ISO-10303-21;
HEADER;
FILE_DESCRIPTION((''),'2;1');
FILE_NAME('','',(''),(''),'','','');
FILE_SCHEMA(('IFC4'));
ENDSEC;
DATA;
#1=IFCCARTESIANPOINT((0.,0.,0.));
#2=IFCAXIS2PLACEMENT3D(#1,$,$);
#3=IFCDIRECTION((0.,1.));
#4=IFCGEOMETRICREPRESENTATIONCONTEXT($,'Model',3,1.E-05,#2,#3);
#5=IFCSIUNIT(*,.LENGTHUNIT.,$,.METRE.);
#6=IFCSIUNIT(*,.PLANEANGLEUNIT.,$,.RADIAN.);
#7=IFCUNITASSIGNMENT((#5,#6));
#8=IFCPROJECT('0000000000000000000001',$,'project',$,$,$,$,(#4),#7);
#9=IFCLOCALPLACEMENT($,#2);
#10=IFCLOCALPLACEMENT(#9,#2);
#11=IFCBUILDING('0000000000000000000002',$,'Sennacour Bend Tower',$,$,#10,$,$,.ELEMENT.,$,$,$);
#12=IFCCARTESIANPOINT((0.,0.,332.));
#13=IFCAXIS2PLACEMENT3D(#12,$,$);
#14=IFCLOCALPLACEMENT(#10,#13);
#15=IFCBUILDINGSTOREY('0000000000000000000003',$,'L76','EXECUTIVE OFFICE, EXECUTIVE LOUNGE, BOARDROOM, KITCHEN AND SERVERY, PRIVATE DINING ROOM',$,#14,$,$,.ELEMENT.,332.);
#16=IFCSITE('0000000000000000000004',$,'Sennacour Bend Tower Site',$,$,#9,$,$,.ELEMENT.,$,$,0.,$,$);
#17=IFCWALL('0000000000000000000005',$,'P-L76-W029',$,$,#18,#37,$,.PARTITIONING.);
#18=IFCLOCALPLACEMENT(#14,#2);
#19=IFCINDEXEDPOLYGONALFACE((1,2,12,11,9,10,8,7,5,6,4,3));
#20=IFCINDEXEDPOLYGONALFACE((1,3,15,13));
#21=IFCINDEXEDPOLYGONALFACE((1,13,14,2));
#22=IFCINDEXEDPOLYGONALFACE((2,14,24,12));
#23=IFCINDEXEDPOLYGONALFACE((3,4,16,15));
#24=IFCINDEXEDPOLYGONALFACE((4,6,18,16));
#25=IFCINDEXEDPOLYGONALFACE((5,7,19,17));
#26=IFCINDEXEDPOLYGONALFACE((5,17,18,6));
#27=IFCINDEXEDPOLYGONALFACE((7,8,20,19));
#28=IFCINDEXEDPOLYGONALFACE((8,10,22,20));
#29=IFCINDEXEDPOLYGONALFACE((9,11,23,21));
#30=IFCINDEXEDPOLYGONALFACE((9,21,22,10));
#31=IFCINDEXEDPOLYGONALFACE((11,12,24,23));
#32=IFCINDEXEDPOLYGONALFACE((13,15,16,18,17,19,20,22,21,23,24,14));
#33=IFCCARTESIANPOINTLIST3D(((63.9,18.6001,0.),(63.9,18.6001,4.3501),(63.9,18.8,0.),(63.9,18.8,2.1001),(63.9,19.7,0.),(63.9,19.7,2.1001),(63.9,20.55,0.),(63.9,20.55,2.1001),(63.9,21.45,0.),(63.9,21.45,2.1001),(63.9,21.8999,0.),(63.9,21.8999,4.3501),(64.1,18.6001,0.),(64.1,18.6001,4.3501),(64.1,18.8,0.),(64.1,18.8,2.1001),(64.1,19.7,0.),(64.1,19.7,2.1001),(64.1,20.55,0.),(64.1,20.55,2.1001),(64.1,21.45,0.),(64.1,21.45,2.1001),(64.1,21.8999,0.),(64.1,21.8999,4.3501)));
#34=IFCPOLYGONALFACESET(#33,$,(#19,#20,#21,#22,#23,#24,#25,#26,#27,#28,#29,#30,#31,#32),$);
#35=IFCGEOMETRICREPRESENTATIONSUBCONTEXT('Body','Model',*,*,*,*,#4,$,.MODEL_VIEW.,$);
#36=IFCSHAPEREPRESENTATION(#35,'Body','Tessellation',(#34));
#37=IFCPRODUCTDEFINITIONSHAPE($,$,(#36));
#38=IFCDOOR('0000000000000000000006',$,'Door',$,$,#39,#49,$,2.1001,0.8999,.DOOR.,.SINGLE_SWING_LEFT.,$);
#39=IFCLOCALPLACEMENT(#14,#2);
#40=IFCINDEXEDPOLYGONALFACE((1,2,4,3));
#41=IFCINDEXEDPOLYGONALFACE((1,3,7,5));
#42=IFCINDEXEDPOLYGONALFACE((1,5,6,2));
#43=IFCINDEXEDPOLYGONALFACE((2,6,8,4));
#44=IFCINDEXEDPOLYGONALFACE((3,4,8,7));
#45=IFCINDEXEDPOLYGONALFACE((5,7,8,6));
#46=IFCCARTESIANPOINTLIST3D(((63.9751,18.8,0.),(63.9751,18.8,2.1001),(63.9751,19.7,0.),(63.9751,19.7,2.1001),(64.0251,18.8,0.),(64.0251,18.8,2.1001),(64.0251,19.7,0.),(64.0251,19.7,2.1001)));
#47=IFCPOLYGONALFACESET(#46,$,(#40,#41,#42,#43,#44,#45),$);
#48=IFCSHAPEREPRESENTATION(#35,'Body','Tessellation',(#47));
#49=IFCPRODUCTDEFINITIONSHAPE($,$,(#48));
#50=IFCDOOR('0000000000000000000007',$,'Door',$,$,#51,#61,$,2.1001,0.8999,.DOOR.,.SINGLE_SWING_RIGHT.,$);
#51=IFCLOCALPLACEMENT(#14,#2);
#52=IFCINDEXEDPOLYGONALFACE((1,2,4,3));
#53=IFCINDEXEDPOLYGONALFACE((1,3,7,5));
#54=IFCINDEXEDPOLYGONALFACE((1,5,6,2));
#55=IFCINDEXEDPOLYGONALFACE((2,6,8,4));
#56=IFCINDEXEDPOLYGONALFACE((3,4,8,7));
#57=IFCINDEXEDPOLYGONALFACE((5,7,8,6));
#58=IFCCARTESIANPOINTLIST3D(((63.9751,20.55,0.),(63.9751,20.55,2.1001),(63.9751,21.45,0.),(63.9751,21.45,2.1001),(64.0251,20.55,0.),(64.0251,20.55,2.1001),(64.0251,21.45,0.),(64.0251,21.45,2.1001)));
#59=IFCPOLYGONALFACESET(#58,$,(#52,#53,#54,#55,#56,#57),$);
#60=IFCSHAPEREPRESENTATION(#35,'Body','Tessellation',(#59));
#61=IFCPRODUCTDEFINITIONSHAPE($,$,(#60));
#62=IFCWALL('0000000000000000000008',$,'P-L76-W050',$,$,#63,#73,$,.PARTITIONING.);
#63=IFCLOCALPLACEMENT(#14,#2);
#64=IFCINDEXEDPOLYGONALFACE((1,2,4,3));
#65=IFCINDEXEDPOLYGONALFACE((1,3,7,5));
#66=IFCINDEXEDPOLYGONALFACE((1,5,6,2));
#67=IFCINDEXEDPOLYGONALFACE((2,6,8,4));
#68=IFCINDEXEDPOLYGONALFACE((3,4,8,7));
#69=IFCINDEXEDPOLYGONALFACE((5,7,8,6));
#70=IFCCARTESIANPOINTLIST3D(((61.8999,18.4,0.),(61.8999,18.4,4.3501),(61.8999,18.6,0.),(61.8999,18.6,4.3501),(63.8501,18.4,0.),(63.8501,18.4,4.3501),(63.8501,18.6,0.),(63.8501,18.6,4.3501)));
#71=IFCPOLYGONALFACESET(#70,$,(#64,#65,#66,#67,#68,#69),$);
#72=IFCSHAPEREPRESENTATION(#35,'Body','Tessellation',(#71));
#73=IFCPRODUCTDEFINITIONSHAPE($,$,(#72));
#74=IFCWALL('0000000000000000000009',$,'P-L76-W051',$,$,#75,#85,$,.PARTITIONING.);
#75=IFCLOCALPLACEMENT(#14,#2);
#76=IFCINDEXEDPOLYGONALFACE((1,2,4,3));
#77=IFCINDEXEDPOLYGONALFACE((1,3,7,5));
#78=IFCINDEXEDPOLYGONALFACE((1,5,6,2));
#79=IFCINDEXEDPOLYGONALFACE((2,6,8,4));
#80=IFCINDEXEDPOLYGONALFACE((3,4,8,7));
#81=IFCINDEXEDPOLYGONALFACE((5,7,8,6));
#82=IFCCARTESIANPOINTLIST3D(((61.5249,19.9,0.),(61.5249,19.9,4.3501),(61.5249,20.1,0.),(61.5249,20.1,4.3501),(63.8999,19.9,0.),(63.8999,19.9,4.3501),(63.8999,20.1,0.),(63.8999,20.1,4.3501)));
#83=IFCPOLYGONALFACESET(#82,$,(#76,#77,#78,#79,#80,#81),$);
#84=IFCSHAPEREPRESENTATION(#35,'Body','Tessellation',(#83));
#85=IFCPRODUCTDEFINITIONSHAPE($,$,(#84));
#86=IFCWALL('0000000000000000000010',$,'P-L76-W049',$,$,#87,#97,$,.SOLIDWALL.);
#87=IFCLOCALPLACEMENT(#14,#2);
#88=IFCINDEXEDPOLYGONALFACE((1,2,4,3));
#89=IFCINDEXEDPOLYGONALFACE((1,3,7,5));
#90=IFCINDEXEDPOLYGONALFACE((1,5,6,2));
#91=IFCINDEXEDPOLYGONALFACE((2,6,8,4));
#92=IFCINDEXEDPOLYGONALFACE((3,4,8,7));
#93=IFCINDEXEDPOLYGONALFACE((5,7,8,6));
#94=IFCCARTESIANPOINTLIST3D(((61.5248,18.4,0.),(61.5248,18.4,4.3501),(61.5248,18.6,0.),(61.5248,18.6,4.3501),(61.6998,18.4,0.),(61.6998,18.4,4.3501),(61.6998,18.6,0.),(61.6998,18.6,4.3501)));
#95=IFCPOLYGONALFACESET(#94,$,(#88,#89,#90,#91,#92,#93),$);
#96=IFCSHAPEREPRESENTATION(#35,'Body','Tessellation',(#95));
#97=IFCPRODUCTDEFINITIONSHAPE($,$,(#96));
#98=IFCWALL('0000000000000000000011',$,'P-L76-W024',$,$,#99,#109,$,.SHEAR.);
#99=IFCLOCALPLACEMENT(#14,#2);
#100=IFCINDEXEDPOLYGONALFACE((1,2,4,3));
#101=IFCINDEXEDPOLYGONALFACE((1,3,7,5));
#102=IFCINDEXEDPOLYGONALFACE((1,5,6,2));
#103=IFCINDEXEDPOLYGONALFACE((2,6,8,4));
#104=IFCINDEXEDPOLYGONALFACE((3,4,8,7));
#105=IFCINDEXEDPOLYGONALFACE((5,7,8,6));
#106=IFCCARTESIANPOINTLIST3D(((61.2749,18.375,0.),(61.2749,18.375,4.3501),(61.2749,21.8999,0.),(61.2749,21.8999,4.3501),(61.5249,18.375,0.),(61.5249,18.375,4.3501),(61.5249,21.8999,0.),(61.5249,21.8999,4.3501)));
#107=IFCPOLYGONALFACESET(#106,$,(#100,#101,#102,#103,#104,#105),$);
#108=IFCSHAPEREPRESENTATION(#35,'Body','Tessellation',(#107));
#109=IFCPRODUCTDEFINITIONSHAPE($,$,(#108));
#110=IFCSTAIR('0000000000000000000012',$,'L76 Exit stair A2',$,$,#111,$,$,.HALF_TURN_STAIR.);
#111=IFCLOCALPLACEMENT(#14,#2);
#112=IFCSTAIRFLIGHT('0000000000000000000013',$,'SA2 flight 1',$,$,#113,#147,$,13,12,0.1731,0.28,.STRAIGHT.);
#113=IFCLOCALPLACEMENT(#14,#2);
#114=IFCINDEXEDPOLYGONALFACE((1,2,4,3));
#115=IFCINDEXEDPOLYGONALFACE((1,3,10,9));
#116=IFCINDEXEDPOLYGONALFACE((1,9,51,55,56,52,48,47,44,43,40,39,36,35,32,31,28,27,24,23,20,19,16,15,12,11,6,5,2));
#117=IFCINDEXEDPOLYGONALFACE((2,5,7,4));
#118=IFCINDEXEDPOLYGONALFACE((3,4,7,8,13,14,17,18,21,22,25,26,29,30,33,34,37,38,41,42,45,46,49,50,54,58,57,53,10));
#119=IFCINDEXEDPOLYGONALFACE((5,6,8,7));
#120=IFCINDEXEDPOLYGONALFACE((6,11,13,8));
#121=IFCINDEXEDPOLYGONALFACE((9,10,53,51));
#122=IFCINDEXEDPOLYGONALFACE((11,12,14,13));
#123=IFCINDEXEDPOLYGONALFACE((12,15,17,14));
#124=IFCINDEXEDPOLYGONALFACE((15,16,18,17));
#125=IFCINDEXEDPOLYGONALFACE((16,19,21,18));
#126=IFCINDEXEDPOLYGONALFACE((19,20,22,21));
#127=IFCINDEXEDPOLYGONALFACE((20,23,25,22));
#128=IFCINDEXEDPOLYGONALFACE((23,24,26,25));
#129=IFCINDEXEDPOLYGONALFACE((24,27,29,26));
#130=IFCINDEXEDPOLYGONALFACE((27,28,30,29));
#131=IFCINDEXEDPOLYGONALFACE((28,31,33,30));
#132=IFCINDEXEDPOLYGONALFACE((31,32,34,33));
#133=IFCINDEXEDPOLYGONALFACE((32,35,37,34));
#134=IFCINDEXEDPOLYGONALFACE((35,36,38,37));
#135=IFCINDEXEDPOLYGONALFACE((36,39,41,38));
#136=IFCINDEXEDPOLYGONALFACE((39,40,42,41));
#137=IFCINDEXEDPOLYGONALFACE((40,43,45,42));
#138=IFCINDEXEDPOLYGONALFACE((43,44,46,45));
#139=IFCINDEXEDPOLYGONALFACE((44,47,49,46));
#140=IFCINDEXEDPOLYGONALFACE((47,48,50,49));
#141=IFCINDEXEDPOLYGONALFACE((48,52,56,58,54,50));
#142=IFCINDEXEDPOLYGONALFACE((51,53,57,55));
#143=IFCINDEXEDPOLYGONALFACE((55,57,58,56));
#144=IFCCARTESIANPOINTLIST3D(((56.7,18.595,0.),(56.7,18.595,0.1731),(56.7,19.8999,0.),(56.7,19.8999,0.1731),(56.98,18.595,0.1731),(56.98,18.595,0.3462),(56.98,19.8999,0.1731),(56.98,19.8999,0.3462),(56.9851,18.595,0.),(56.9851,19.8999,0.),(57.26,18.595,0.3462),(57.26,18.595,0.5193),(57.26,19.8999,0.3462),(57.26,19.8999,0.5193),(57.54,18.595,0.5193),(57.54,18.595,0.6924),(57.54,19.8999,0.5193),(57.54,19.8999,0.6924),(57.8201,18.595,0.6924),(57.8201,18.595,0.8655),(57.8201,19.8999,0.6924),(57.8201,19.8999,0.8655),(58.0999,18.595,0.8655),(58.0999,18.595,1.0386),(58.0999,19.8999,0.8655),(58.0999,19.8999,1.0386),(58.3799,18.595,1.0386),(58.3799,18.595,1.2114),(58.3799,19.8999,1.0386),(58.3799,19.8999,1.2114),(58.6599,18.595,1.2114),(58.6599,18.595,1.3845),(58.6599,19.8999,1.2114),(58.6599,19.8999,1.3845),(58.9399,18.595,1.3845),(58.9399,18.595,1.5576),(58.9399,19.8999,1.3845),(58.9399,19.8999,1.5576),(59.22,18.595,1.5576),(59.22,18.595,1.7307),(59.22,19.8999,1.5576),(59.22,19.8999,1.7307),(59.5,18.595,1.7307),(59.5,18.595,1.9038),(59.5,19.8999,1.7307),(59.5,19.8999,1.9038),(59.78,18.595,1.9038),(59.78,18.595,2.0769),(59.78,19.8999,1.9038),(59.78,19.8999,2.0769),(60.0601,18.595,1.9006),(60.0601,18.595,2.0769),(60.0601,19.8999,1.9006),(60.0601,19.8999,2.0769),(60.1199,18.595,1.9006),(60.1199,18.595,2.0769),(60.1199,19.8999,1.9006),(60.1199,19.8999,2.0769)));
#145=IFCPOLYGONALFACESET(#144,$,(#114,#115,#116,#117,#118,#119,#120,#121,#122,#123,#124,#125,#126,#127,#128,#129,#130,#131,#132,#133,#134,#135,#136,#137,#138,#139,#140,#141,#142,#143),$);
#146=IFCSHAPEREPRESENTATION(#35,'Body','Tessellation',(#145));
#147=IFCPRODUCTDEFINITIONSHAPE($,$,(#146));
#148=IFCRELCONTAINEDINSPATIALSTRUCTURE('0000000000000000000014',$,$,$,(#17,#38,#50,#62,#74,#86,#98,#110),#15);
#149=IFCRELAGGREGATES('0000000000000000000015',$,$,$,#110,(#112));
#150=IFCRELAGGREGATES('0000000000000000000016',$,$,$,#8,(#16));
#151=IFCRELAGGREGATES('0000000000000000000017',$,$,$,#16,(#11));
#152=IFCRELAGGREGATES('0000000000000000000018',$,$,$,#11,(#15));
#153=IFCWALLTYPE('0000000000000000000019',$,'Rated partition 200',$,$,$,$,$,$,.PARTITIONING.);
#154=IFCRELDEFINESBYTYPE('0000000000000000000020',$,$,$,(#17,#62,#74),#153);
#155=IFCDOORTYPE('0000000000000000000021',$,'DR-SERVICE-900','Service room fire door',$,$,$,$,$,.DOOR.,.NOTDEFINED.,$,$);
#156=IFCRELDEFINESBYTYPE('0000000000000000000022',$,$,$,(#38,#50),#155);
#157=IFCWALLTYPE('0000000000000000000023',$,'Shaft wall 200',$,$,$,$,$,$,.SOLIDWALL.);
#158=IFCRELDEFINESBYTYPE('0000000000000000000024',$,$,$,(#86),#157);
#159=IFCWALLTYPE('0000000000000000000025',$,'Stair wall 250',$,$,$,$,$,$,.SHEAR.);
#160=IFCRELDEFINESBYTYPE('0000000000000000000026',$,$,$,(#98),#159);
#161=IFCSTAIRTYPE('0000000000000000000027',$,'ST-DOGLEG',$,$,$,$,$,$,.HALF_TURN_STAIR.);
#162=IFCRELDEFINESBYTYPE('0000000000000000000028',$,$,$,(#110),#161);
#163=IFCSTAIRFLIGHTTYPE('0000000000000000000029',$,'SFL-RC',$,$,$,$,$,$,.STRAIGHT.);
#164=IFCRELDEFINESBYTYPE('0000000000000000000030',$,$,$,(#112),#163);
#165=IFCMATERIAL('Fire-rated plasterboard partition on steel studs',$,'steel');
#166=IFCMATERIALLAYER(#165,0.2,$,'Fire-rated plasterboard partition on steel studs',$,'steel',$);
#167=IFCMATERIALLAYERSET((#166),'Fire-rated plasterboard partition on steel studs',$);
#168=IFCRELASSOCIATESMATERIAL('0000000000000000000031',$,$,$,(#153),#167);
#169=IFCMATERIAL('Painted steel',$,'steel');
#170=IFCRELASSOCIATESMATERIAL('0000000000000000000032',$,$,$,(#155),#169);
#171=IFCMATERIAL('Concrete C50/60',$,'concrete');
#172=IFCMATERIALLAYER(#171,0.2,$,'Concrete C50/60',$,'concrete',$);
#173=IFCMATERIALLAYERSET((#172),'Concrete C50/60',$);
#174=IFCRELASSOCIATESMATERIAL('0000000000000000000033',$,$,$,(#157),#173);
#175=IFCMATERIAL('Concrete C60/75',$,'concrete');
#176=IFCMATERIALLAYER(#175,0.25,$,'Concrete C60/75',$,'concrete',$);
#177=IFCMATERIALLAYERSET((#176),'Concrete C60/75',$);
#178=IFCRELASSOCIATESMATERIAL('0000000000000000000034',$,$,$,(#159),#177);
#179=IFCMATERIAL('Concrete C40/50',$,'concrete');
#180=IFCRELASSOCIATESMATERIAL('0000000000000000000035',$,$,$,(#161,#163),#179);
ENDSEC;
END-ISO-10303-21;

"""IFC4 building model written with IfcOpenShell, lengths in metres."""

from ifc_helpers import new_model, si_unit, direction, frame, frame_2d, origin, place, context, subcontext, project, spatial, polyline, rectangle, outline, extrude, material, layer, layer_set, type_object, element, fill, aggregate, save


model = new_model("IFC4")

# Units and contexts
model_context = context("Model", 3, precision=1e-05, world=origin(), true_north=direction((0.0, 1.0)))
body_context = subcontext(model_context, "Body", "Model", "MODEL_VIEW")
ifc_project = project(units=[si_unit("LENGTHUNIT", "METRE"), si_unit("PLANEANGLEUNIT", "RADIAN")], contexts=[model_context])

# Site, building, storey
site_placement = place(None, origin())
site = spatial("IfcSite", under=ifc_project, at=site_placement, Name="Sennacour Bend Tower Site", CompositionType="ELEMENT", RefElevation=0.0)
building_placement = place(site_placement, origin())
building = spatial("IfcBuilding", under=site, at=building_placement, Name="Sennacour Bend Tower", CompositionType="ELEMENT")
storey_placement = place(building_placement, frame((0.0, 0.0, 332.0)))
storey = spatial("IfcBuildingStorey", under=building, at=storey_placement, Name="L76", Description="EXECUTIVE OFFICE, EXECUTIVE LOUNGE, BOARDROOM, KITCHEN AND SERVERY, PRIVATE DINING ROOM", CompositionType="ELEMENT", Elevation=332.0)

# Wall, openings, doors
ifc_material_1 = material(Name="Fire-rated plasterboard partition on steel studs", Category="steel")
ifc_layer_1 = layer(ifc_material_1, 0.2, Name="Fire-rated plasterboard partition on steel studs", Category="steel")
ifc_layer_set_1 = layer_set([ifc_layer_1], Name="Fire-rated plasterboard partition on steel studs")
wall_type_1 = type_object("IfcWallType", Name="Rated partition 200", PredefinedType="PARTITIONING", material=ifc_layer_set_1)
wall_1_placement = place(storey_placement, frame((64.0, 18.6001, 0.0), z_axis=(0.0, 0.0, 1.0), x_axis=(0.0, 1.0, 0.0)))
wall_1 = element("IfcWall", 1, at=wall_1_placement, inside=storey, type_object=wall_type_1, Name="P-L76-W029", PredefinedType="PARTITIONING", context=body_context, shape_type="SweptSolid", body=[
    extrude(rectangle(XDim=3.2998, YDim=0.2, at=frame_2d((1.6499, 0.0))), origin(), (0.0, 0.0, 1.0), 4.3501),
])
opening_1_placement = place(wall_1_placement, frame((0.2, 0.0, 0.0)))
opening_1 = element("IfcOpeningElement", 2, at=opening_1_placement, cuts=wall_1, PredefinedType="OPENING", context=body_context, shape_type="SweptSolid", body=[
    extrude(rectangle(XDim=0.8999, YDim=2.1001, at=frame_2d((0.45, 1.05))), frame((0.0, 0.1099, 0.0), z_axis=(0.0, -1.0, 0.0), x_axis=(1.0, 0.0, 0.0)), (0.0, 0.0, 1.0), 0.22),
])
opening_2_placement = place(wall_1_placement, frame((1.95, 0.0, 0.0)))
opening_2 = element("IfcOpeningElement", 3, at=opening_2_placement, cuts=wall_1, PredefinedType="OPENING", context=body_context, shape_type="SweptSolid", body=[
    extrude(rectangle(XDim=0.8999, YDim=2.1001, at=frame_2d((0.45, 1.05))), frame((0.0, 0.1099, 0.0), z_axis=(0.0, -1.0, 0.0), x_axis=(1.0, 0.0, 0.0)), (0.0, 0.0, 1.0), 0.22),
])
ifc_material_2 = material(Name="Painted steel", Category="steel")
door_type = type_object("IfcDoorType", Name="DR-SERVICE-900", Description="Service room fire door", OperationType="NOTDEFINED", PredefinedType="DOOR", material=ifc_material_2)
door_1_placement = place(opening_1_placement, origin())
door_1 = element("IfcDoor", 4, at=door_1_placement, inside=storey, type_object=door_type, Name="Door", OperationType="SINGLE_SWING_LEFT", OverallHeight=2.1001, OverallWidth=0.8999, PredefinedType="DOOR", context=body_context, shape_type="SweptSolid", body=[
    extrude(rectangle(XDim=0.8999, YDim=2.1001, at=frame_2d((0.45, 1.05))), frame((0.0, 0.0249, 0.0), z_axis=(0.0, -1.0, 0.0), x_axis=(1.0, 0.0, 0.0)), (0.0, 0.0, 1.0), 0.05),
])
fill(opening_1, door_1)
door_2_placement = place(opening_2_placement, origin())
door_2 = element("IfcDoor", 5, at=door_2_placement, inside=storey, type_object=door_type, Name="Door", OperationType="SINGLE_SWING_RIGHT", OverallHeight=2.1001, OverallWidth=0.8999, PredefinedType="DOOR", context=body_context, shape_type="SweptSolid", body=[
    extrude(rectangle(XDim=0.8999, YDim=2.1001, at=frame_2d((0.45, 1.05))), frame((0.0, 0.0249, 0.0), z_axis=(0.0, -1.0, 0.0), x_axis=(1.0, 0.0, 0.0)), (0.0, 0.0, 1.0), 0.05),
])
fill(opening_2, door_2)

# Walls
wall_2_placement = place(storey_placement, frame((61.8999, 18.5, 0.0), z_axis=(0.0, 0.0, 1.0), x_axis=(1.0, 0.0, 0.0)))
element("IfcWall", 6, at=wall_2_placement, inside=storey, type_object=wall_type_1, Name="P-L76-W050", PredefinedType="PARTITIONING", context=body_context, shape_type="SweptSolid", body=[
    extrude(rectangle(XDim=1.9502, YDim=0.2, at=frame_2d((0.9751, 0.0))), origin(), (0.0, 0.0, 1.0), 4.3501),
])
wall_3_placement = place(storey_placement, frame((61.5249, 20.0, 0.0), z_axis=(0.0, 0.0, 1.0), x_axis=(1.0, 0.0, 0.0)))
element("IfcWall", 7, at=wall_3_placement, inside=storey, type_object=wall_type_1, Name="P-L76-W051", PredefinedType="PARTITIONING", context=body_context, shape_type="SweptSolid", body=[
    extrude(rectangle(XDim=2.375, YDim=0.2, at=frame_2d((1.1875, 0.0))), origin(), (0.0, 0.0, 1.0), 4.3501),
])
ifc_material_3 = material(Name="Concrete C50/60", Category="concrete")
ifc_layer_2 = layer(ifc_material_3, 0.2, Name="Concrete C50/60", Category="concrete")
ifc_layer_set_2 = layer_set([ifc_layer_2], Name="Concrete C50/60")
wall_type_2 = type_object("IfcWallType", Name="Shaft wall 200", PredefinedType="SOLIDWALL", material=ifc_layer_set_2)
wall_4_placement = place(storey_placement, frame((61.5249, 18.5, 0.0), z_axis=(0.0, 0.0, 1.0), x_axis=(1.0, 0.0, 0.0)))
element("IfcWall", 8, at=wall_4_placement, inside=storey, type_object=wall_type_2, Name="P-L76-W049", PredefinedType="SOLIDWALL", context=body_context, shape_type="SweptSolid", body=[
    extrude(rectangle(XDim=0.175, YDim=0.2, at=frame_2d((0.0874, 0.0))), origin(), (0.0, 0.0, 1.0), 4.3501),
])
ifc_material_4 = material(Name="Concrete C60/75", Category="concrete")
ifc_layer_3 = layer(ifc_material_4, 0.25, Name="Concrete C60/75", Category="concrete")
ifc_layer_set_3 = layer_set([ifc_layer_3], Name="Concrete C60/75")
wall_type_3 = type_object("IfcWallType", Name="Stair wall 250", PredefinedType="SHEAR", material=ifc_layer_set_3)
wall_5_placement = place(storey_placement, frame((61.3999, 18.375, 0.0), z_axis=(0.0, 0.0, 1.0), x_axis=(0.0, 1.0, 0.0)))
element("IfcWall", 9, at=wall_5_placement, inside=storey, type_object=wall_type_3, Name="P-L76-W024", PredefinedType="SHEAR", context=body_context, shape_type="SweptSolid", body=[
    extrude(rectangle(XDim=3.5249, YDim=0.25, at=frame_2d((1.7625, 0.0))), origin(), (0.0, 0.0, 1.0), 4.3501),
])

# Stair, stair flight
ifc_material_5 = material(Name="Concrete C40/50", Category="concrete")
stair_type = type_object("IfcStairType", Name="ST-DOGLEG", PredefinedType="HALF_TURN_STAIR", material=ifc_material_5)
stair_placement = place(storey_placement, origin())
stair = element("IfcStair", 10, at=stair_placement, inside=storey, type_object=stair_type, Name="L76 Exit stair A2", PredefinedType="HALF_TURN_STAIR")
stair_flight_type = type_object("IfcStairFlightType", Name="SFL-RC", PredefinedType="STRAIGHT", material=ifc_material_5)
stair_flight_1_placement = place(storey_placement, frame((56.7, 19.2476, 0.0), z_axis=(0.0, 0.0, 1.0), x_axis=(1.0, 0.0, 0.0)))
stair_flight_1 = element("IfcStairFlight", 11, at=stair_flight_1_placement, type_object=stair_flight_type, Name="SA2 flight 1", NumberOfRisers=13, NumberOfTreads=12, PredefinedType="STRAIGHT", RiserHeight=0.1731, TreadLength=0.28, context=body_context, shape_type="SweptSolid", body=[
    extrude(outline(polyline([(0.0, 0.0), (0.0, 0.1731), (0.28, 0.1731), (0.28, 0.3462), (0.5601, 0.3462), (0.5601, 0.5193), (0.8401, 0.5193), (0.8401, 0.6924), (1.1201, 0.6924), (1.1201, 0.8655), (1.3999, 0.8655), (1.3999, 1.0386), (1.6799, 1.0386), (1.6799, 1.2114), (1.96, 1.2114), (1.96, 1.3845), (2.24, 1.3845), (2.24, 1.5576), (2.52, 1.5576), (2.52, 1.7307), (2.8, 1.7307), (2.8, 1.9038), (3.0801, 1.9038), (3.0801, 2.0769), (3.3601, 2.0769), (3.4199, 2.0769), (3.4199, 1.9006), (3.3601, 1.9006), (0.2852, 0.0), (0.0, 0.0)])), frame((0.0, 0.6523, 0.0), z_axis=(0.0, -1.0, 0.0), x_axis=(1.0, 0.0, 0.0)), (0.0, 0.0, 1.0), 1.3049),
])
aggregate(stair, [stair_flight_1])

save(model, "model.ifc")
